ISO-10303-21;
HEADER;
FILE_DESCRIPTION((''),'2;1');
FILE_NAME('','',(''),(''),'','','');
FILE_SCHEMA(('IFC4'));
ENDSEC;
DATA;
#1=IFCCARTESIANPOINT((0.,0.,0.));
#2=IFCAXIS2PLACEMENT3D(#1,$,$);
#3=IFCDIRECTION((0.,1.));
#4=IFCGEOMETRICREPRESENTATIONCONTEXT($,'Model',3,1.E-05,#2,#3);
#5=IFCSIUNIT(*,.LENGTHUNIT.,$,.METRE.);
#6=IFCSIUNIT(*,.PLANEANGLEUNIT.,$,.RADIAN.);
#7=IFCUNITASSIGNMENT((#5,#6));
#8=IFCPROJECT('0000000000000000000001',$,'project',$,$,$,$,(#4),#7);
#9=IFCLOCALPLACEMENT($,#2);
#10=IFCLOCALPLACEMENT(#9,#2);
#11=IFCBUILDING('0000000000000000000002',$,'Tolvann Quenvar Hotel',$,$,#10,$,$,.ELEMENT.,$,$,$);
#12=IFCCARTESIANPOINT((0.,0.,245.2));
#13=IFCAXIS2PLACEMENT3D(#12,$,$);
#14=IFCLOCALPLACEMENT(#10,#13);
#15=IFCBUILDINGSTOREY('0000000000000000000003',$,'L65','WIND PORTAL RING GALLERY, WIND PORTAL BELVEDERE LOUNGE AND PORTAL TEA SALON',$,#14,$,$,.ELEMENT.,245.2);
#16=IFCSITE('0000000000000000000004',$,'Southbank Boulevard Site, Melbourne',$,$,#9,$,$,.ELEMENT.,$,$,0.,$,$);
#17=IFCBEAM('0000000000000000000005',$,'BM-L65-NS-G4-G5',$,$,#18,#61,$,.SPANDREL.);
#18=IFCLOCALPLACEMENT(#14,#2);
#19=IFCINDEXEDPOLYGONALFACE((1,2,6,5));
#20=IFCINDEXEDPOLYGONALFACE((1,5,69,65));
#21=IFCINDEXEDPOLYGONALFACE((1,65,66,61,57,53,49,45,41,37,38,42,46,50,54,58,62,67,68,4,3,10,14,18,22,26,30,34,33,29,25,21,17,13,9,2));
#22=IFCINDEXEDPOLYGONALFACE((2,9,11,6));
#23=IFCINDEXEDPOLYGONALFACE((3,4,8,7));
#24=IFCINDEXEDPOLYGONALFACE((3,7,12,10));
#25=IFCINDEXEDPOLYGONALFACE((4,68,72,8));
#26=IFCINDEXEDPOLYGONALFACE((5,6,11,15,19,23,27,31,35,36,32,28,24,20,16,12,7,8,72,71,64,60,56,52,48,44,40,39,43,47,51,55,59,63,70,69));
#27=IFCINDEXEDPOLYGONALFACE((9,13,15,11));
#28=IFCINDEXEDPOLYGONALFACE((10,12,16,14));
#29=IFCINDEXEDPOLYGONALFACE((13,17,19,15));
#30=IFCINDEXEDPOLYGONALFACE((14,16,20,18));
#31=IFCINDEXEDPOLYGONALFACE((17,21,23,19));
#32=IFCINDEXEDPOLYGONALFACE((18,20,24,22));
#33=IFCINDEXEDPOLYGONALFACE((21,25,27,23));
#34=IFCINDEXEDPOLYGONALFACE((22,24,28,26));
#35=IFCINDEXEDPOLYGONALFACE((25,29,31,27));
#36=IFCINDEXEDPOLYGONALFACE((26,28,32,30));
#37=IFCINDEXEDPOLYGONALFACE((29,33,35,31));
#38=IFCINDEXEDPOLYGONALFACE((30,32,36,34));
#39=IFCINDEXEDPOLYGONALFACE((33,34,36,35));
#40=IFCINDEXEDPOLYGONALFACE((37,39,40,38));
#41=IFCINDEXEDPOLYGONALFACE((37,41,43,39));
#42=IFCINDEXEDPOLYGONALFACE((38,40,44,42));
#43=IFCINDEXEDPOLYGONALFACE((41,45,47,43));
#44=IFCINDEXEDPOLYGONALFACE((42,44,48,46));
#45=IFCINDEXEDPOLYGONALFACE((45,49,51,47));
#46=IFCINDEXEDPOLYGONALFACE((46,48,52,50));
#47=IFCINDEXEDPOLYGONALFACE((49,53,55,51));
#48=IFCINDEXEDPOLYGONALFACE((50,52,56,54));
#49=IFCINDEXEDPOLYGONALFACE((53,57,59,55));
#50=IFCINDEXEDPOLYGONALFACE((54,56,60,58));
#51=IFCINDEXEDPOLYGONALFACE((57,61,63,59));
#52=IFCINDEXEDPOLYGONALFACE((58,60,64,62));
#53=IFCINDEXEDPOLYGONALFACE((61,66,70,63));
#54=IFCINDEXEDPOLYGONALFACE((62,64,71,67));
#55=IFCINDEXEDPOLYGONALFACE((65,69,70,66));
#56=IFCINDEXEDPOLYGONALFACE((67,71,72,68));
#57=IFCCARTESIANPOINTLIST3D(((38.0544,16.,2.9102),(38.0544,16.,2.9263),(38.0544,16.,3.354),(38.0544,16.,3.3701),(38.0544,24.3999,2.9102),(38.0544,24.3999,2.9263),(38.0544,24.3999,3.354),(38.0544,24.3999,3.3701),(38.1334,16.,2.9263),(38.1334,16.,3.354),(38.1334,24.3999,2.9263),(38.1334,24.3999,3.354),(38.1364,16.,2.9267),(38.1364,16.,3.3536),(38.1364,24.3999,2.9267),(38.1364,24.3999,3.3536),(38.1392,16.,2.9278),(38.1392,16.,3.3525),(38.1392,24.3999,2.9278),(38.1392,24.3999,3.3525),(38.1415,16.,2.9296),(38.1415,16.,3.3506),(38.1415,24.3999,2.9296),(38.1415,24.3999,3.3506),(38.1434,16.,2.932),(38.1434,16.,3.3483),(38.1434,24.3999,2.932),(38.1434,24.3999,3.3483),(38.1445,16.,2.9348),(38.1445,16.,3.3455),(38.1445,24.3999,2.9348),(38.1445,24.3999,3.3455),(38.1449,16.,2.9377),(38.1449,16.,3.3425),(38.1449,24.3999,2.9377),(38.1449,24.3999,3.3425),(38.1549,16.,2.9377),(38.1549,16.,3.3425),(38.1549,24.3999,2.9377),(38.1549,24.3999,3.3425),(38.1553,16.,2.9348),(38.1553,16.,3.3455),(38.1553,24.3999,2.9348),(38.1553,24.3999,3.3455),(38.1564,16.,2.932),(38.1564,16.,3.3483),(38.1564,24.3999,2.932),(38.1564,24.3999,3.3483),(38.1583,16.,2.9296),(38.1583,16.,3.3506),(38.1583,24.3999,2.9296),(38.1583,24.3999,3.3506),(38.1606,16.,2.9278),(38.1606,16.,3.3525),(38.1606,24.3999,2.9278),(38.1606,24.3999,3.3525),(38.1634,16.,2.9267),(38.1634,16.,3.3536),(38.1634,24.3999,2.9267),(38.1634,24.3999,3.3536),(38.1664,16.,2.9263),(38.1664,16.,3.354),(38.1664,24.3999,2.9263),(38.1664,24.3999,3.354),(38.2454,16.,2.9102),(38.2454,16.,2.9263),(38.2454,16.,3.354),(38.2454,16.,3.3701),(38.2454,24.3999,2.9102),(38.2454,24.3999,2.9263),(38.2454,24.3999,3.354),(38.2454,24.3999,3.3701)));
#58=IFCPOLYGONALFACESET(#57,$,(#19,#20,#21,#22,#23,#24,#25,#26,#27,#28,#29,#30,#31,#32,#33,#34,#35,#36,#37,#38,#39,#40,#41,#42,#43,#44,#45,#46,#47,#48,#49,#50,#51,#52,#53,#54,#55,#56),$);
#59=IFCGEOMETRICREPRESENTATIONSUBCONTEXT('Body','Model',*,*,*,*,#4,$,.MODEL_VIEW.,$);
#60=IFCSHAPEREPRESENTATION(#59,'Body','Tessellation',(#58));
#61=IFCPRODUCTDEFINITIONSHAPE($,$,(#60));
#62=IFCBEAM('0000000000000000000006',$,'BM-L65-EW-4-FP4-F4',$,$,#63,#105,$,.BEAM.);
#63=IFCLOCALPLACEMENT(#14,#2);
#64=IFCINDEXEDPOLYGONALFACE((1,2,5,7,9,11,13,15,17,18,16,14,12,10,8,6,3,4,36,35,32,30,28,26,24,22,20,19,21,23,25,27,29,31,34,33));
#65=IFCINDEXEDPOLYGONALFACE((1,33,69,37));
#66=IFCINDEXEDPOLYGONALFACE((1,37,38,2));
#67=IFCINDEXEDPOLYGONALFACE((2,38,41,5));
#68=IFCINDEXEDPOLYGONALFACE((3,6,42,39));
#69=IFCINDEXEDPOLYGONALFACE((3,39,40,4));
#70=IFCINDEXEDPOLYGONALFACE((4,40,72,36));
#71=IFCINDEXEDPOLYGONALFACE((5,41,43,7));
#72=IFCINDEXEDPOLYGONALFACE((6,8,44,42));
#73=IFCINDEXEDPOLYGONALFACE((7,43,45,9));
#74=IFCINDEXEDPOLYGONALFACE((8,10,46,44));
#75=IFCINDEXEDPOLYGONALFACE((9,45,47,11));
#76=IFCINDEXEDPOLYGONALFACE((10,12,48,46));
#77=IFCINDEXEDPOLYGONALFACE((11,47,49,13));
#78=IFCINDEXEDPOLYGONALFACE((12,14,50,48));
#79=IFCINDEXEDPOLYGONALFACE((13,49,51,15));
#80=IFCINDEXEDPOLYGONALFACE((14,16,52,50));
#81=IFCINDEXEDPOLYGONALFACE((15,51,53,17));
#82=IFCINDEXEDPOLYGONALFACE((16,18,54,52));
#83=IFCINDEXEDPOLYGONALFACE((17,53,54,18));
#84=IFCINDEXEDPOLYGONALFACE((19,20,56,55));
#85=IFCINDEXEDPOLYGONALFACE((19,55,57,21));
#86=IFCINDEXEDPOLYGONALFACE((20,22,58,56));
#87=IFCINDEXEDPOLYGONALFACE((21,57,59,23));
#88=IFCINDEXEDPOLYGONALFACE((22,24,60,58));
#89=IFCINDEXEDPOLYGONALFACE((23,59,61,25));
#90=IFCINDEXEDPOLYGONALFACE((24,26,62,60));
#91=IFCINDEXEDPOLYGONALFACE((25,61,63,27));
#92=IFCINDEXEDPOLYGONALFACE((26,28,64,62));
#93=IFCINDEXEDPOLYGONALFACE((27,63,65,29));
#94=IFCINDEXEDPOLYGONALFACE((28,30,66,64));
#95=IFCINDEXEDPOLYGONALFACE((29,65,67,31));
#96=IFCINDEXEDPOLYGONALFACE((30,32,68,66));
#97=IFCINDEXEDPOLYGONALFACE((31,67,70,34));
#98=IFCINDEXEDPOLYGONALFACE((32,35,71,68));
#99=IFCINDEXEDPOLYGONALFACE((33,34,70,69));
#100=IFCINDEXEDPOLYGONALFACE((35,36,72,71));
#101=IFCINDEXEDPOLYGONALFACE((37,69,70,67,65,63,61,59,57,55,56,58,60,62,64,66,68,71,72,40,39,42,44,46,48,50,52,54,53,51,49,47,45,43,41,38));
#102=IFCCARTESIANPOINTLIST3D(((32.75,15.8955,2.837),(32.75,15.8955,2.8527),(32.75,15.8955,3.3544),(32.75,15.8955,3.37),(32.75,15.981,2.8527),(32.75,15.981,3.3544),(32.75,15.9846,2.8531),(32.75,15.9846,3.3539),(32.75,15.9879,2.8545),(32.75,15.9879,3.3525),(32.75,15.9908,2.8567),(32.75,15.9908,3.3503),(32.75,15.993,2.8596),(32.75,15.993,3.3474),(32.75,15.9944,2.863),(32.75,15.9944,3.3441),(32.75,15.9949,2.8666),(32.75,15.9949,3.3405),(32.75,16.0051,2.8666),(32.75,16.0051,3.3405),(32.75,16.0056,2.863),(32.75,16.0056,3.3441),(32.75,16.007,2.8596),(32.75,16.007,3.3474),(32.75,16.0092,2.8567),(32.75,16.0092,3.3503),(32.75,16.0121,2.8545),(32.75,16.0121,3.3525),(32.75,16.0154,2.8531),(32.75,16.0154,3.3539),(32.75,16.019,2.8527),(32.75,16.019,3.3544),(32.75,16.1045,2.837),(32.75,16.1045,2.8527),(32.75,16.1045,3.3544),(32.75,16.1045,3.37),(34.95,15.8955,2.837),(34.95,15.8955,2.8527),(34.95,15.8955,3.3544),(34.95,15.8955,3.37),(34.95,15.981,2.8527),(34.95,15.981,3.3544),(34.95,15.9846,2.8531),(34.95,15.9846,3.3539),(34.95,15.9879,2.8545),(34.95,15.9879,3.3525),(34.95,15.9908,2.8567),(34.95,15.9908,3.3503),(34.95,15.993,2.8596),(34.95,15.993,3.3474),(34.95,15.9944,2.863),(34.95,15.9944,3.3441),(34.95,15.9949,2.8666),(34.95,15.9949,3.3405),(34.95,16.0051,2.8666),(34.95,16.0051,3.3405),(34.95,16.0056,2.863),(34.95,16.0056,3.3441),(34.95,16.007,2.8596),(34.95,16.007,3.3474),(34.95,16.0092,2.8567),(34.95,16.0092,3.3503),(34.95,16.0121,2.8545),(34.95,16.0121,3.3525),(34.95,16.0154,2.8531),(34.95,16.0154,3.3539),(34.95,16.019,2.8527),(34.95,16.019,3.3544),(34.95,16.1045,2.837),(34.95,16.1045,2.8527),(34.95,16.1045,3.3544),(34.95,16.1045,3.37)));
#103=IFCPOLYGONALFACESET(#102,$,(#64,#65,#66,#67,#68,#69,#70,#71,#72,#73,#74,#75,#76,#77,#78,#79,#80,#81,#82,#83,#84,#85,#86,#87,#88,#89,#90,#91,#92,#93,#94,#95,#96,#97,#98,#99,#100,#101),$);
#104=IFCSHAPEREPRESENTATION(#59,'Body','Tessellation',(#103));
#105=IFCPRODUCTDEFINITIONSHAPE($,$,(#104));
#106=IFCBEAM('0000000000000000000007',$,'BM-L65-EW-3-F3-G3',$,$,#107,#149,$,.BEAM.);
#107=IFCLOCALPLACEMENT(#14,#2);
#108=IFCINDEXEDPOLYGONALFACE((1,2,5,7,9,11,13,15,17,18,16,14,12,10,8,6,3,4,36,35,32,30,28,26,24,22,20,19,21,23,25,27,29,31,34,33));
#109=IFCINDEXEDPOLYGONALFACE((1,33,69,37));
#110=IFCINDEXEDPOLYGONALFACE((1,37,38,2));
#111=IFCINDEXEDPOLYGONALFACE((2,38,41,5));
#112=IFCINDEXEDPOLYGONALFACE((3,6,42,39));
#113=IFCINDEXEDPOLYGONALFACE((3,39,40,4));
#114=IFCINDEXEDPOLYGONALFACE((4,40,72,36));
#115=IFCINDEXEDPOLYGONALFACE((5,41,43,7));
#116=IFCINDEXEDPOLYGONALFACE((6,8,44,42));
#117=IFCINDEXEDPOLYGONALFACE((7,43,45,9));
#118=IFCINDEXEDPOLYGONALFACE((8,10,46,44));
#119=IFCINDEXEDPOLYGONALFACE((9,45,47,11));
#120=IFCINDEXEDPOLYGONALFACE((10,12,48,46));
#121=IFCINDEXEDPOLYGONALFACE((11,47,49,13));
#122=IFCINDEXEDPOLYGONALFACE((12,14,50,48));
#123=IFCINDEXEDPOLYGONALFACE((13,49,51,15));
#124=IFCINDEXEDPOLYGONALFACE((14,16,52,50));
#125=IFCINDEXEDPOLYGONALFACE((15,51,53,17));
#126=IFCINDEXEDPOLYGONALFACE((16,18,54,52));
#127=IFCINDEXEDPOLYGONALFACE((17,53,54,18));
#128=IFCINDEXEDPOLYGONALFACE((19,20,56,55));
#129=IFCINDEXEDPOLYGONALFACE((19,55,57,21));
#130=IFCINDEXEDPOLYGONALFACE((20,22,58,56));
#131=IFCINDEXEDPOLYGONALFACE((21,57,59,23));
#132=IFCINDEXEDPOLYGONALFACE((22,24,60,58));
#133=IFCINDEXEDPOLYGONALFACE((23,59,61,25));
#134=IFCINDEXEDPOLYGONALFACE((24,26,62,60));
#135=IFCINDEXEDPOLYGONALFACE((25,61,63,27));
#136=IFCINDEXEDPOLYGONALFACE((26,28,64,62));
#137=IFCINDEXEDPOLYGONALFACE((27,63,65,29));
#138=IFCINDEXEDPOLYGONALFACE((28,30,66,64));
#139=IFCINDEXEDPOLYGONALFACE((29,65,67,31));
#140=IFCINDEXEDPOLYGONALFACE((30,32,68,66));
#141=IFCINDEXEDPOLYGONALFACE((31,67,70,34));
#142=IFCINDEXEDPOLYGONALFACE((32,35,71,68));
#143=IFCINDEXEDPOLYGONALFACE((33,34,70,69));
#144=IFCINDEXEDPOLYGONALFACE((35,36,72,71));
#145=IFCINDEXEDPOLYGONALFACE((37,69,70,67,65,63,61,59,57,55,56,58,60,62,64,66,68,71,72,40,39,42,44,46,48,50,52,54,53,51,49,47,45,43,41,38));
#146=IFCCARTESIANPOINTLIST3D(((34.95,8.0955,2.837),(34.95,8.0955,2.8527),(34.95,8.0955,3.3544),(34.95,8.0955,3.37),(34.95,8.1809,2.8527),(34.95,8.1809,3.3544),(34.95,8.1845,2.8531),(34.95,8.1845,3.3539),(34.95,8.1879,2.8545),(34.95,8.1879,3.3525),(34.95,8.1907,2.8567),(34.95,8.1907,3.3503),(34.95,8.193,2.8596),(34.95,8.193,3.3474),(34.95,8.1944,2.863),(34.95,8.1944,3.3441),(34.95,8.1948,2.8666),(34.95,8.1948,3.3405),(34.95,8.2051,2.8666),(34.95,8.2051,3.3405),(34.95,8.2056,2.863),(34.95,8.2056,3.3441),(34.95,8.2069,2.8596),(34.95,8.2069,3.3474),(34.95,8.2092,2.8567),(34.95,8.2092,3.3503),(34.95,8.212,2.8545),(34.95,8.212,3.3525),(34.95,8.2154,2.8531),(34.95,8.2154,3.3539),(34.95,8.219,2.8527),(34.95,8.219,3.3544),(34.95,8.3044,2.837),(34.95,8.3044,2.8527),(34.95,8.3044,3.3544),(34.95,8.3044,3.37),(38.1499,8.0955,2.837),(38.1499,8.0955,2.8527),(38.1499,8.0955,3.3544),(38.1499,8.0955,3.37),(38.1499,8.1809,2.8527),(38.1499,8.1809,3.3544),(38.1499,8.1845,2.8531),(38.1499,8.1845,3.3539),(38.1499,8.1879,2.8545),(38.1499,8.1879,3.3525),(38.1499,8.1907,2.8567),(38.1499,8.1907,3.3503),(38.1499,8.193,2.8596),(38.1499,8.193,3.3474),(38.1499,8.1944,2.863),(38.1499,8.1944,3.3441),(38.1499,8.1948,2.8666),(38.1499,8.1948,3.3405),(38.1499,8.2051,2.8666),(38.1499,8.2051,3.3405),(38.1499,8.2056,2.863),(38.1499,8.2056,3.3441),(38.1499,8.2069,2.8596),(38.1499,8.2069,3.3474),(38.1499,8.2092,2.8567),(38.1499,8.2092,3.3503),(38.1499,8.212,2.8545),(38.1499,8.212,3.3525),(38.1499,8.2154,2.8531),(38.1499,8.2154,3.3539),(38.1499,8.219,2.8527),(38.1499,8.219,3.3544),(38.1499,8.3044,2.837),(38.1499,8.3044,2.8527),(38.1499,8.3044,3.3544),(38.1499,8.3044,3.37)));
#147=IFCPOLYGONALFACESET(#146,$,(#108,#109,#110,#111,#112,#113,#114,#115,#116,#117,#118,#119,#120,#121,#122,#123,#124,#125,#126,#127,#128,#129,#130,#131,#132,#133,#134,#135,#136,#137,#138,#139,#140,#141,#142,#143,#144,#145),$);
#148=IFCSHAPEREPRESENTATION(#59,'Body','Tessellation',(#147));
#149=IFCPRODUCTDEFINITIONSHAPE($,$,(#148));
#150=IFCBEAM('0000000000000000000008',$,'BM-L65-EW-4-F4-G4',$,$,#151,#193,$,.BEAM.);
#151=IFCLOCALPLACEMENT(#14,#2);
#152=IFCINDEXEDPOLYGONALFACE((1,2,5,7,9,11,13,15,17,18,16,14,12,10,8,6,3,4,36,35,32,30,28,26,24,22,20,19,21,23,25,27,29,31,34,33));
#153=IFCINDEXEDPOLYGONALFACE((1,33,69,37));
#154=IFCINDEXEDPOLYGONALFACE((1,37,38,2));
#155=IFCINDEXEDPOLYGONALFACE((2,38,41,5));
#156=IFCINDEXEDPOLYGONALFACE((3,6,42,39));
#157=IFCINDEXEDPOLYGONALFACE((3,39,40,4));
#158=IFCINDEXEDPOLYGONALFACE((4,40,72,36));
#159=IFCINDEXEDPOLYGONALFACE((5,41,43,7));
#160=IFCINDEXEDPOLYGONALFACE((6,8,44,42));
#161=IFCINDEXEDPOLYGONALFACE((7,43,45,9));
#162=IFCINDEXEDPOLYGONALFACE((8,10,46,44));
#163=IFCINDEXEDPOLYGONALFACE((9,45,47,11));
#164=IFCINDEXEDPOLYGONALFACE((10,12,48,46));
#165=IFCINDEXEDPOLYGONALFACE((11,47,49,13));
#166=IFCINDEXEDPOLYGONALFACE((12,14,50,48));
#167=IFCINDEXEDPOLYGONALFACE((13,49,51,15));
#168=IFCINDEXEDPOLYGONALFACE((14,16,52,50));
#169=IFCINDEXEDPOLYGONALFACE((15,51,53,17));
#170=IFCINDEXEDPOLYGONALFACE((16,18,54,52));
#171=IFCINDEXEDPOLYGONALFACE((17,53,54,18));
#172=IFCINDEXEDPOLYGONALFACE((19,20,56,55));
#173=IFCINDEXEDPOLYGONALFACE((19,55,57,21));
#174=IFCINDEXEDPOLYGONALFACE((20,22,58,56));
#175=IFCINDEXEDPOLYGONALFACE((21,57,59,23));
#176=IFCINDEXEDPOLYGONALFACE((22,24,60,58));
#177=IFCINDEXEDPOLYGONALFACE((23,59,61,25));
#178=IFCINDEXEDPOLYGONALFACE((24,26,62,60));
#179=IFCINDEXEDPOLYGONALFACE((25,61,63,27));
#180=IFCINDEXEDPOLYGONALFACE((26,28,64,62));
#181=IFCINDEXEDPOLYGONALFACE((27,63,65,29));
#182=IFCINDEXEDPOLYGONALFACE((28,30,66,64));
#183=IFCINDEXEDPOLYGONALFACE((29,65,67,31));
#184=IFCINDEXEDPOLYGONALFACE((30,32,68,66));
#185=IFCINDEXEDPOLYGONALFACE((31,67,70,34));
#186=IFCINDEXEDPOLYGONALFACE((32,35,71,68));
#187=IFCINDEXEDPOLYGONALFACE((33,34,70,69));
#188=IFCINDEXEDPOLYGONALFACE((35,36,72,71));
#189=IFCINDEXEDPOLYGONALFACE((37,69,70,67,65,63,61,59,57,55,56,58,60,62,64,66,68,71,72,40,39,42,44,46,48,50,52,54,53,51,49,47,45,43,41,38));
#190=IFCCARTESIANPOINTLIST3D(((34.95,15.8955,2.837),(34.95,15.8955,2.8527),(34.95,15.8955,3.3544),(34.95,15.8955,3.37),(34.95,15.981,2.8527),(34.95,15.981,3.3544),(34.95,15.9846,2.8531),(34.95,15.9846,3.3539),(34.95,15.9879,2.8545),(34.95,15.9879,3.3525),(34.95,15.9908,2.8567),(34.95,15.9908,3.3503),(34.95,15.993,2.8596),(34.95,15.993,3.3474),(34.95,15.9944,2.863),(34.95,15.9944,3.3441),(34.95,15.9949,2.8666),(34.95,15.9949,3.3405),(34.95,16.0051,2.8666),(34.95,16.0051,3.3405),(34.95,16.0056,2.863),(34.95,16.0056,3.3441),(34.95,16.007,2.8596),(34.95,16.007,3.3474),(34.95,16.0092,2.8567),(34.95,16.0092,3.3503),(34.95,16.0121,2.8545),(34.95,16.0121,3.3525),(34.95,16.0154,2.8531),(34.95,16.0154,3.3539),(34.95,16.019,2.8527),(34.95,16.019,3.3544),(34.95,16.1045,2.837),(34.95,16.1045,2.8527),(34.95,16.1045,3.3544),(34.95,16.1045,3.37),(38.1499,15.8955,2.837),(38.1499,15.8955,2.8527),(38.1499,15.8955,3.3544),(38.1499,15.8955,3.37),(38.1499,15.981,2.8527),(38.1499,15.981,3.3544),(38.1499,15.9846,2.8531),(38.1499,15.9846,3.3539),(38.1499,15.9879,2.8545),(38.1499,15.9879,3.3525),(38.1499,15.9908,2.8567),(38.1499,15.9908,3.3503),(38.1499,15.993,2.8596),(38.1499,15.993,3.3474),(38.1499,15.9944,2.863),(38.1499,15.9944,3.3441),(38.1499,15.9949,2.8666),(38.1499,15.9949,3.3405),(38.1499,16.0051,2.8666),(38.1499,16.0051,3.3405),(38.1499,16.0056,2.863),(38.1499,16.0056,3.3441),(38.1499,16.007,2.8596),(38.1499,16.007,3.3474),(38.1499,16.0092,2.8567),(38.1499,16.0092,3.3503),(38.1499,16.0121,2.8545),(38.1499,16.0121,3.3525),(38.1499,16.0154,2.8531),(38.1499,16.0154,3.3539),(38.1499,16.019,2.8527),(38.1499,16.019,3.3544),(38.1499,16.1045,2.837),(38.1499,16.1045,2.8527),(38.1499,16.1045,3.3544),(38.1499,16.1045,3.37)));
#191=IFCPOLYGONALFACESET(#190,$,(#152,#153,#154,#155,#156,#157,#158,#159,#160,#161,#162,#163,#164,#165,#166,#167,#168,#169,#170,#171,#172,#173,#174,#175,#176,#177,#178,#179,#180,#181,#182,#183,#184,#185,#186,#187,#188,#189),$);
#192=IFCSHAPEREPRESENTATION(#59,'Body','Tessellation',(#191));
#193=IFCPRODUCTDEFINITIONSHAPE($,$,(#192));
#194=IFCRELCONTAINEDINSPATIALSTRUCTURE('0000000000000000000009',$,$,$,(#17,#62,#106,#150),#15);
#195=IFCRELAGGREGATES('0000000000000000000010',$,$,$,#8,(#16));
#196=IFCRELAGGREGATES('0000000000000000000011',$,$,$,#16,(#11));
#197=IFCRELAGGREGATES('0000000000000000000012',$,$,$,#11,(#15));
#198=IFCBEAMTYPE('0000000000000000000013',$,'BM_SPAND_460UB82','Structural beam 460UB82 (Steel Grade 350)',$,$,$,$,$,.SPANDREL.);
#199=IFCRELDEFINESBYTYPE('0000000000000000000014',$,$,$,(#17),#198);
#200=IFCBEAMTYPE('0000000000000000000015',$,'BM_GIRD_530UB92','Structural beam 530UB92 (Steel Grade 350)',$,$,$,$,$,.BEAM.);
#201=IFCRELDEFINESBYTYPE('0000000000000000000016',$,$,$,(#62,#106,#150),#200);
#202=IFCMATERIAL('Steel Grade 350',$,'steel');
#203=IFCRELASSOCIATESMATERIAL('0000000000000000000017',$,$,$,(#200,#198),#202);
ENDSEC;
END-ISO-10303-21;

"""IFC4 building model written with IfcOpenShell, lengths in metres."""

from ifc_helpers import new_model, si_unit, direction, frame, origin, origin_2d, place, context, subcontext, project, spatial, i_section, extrude, source, transform, mapped, material, material_profile, profile_set, type_object, element, save


model = new_model("IFC4")

# Units and contexts
model_context = context("Model", 3, precision=1e-05, world=origin(), true_north=direction((0.0, 1.0)))
body_context = subcontext(model_context, "Body", "Model", "MODEL_VIEW")
ifc_project = project(units=[si_unit("LENGTHUNIT", "METRE"), si_unit("PLANEANGLEUNIT", "RADIAN")], contexts=[model_context])

# Site, building, storey
site_placement = place(None, origin())
site = spatial("IfcSite", under=ifc_project, at=site_placement, Name="Southbank Boulevard Site, Melbourne", CompositionType="ELEMENT", RefElevation=0.0)
building_placement = place(site_placement, origin())
building = spatial("IfcBuilding", under=site, at=building_placement, Name="Tolvann Quenvar Hotel", CompositionType="ELEMENT")
storey_placement = place(building_placement, frame((0.0, 0.0, 245.2)))
storey = spatial("IfcBuildingStorey", under=building, at=storey_placement, Name="L65", Description="WIND PORTAL RING GALLERY, WIND PORTAL BELVEDERE LOUNGE AND PORTAL TEA SALON", CompositionType="ELEMENT", Elevation=245.2)

# Shared definitions
ifc_material_1 = material(Name="Steel Grade 350", Category="steel")

# Beams
ifc_material_profile_1 = material_profile(ifc_material_1, i_section(OverallWidth=0.209, OverallDepth=0.533, WebThickness=0.0103, FlangeThickness=0.0156, FilletRadius=0.0139, at=origin_2d()), Name="530UB92")
ifc_profile_set_1 = profile_set([ifc_material_profile_1], Name="Steel Grade 350")
beam_type_1 = type_object("IfcBeamType", Name="BM_GIRD_530UB92", Description="Structural beam 530UB92 (Steel Grade 350)", PredefinedType="BEAM", material=ifc_profile_set_1)
ifc_material_profile_2 = material_profile(ifc_material_1, i_section(OverallWidth=0.1909, OverallDepth=0.46, WebThickness=0.01, FlangeThickness=0.0161, FilletRadius=0.0115, at=origin_2d()), Name="460UB82")
ifc_profile_set_2 = profile_set([ifc_material_profile_2], Name="Steel Grade 350")
beam_type_2 = type_object("IfcBeamType", Name="BM_SPAND_460UB82", Description="Structural beam 460UB82 (Steel Grade 350)", PredefinedType="SPANDREL", material=ifc_profile_set_2)
shared_shape_1 = source(origin(), body_context, "Body", "SweptSolid", [
    extrude(i_section(OverallWidth=0.1909, OverallDepth=0.46, WebThickness=0.01, FlangeThickness=0.0161, FilletRadius=0.0115, at=origin_2d()), origin(), (0.0, 0.0, 1.0), 8.3999),
])
beam_1_placement = place(storey_placement, frame((38.1499, 16.0, 3.1401), z_axis=(0.0, 1.0, 0.0), x_axis=(-1.0, 0.0, 0.0)))
element("IfcBeam", 1, at=beam_1_placement, inside=storey, type_object=beam_type_2, Name="BM-L65-NS-G4-G5", PredefinedType="SPANDREL", context=body_context, shape_type="MappedRepresentation", body=[
    mapped(shared_shape_1, transform((0.0, 0.0, 0.0), x_axis=(1.0, 0.0, 0.0), y_axis=(0.0, 1.0, 0.0), z_axis=(0.0, 0.0, 1.0), scale=1.0)),
])
shared_shape_2 = source(origin(), body_context, "Body", "SweptSolid", [
    extrude(i_section(OverallWidth=0.209, OverallDepth=0.533, WebThickness=0.0103, FlangeThickness=0.0156, FilletRadius=0.0139, at=origin_2d()), origin(), (0.0, 0.0, 1.0), 2.2),
])
beam_2_placement = place(storey_placement, frame((32.75, 16.0, 3.1035), z_axis=(1.0, 0.0, 0.0), x_axis=(0.0, 1.0, 0.0)))
element("IfcBeam", 2, at=beam_2_placement, inside=storey, type_object=beam_type_1, Name="BM-L65-EW-4-FP4-F4", PredefinedType="BEAM", context=body_context, shape_type="MappedRepresentation", body=[
    mapped(shared_shape_2, transform((0.0, 0.0, 0.0), x_axis=(1.0, 0.0, 0.0), y_axis=(0.0, 1.0, 0.0), z_axis=(0.0, 0.0, 1.0), scale=1.0)),
])
shared_shape_3 = source(origin(), body_context, "Body", "SweptSolid", [
    extrude(i_section(OverallWidth=0.209, OverallDepth=0.533, WebThickness=0.0103, FlangeThickness=0.0156, FilletRadius=0.0139, at=origin_2d()), origin(), (0.0, 0.0, 1.0), 3.2),
])
for number, where, z_axis, x_axis, name in (
    (3, (34.95, 8.2, 3.1035), (1.0, 0.0, 0.0), (0.0, 1.0, 0.0), "BM-L65-EW-3-F3-G3"),
    (4, (34.95, 16.0, 3.1035), (1.0, 0.0, 0.0), (0.0, 1.0, 0.0), "BM-L65-EW-4-F4-G4"),
):
    element("IfcBeam", number, at=place(storey_placement, frame(where, z_axis=z_axis, x_axis=x_axis)), inside=storey, type_object=beam_type_1, Name=name, PredefinedType="BEAM", context=body_context, shape_type="MappedRepresentation", body=[
        mapped(shared_shape_3, transform((0.0, 0.0, 0.0), x_axis=(1.0, 0.0, 0.0), y_axis=(0.0, 1.0, 0.0), z_axis=(0.0, 0.0, 1.0), scale=1.0)),
    ])

save(model, "model.ifc")
